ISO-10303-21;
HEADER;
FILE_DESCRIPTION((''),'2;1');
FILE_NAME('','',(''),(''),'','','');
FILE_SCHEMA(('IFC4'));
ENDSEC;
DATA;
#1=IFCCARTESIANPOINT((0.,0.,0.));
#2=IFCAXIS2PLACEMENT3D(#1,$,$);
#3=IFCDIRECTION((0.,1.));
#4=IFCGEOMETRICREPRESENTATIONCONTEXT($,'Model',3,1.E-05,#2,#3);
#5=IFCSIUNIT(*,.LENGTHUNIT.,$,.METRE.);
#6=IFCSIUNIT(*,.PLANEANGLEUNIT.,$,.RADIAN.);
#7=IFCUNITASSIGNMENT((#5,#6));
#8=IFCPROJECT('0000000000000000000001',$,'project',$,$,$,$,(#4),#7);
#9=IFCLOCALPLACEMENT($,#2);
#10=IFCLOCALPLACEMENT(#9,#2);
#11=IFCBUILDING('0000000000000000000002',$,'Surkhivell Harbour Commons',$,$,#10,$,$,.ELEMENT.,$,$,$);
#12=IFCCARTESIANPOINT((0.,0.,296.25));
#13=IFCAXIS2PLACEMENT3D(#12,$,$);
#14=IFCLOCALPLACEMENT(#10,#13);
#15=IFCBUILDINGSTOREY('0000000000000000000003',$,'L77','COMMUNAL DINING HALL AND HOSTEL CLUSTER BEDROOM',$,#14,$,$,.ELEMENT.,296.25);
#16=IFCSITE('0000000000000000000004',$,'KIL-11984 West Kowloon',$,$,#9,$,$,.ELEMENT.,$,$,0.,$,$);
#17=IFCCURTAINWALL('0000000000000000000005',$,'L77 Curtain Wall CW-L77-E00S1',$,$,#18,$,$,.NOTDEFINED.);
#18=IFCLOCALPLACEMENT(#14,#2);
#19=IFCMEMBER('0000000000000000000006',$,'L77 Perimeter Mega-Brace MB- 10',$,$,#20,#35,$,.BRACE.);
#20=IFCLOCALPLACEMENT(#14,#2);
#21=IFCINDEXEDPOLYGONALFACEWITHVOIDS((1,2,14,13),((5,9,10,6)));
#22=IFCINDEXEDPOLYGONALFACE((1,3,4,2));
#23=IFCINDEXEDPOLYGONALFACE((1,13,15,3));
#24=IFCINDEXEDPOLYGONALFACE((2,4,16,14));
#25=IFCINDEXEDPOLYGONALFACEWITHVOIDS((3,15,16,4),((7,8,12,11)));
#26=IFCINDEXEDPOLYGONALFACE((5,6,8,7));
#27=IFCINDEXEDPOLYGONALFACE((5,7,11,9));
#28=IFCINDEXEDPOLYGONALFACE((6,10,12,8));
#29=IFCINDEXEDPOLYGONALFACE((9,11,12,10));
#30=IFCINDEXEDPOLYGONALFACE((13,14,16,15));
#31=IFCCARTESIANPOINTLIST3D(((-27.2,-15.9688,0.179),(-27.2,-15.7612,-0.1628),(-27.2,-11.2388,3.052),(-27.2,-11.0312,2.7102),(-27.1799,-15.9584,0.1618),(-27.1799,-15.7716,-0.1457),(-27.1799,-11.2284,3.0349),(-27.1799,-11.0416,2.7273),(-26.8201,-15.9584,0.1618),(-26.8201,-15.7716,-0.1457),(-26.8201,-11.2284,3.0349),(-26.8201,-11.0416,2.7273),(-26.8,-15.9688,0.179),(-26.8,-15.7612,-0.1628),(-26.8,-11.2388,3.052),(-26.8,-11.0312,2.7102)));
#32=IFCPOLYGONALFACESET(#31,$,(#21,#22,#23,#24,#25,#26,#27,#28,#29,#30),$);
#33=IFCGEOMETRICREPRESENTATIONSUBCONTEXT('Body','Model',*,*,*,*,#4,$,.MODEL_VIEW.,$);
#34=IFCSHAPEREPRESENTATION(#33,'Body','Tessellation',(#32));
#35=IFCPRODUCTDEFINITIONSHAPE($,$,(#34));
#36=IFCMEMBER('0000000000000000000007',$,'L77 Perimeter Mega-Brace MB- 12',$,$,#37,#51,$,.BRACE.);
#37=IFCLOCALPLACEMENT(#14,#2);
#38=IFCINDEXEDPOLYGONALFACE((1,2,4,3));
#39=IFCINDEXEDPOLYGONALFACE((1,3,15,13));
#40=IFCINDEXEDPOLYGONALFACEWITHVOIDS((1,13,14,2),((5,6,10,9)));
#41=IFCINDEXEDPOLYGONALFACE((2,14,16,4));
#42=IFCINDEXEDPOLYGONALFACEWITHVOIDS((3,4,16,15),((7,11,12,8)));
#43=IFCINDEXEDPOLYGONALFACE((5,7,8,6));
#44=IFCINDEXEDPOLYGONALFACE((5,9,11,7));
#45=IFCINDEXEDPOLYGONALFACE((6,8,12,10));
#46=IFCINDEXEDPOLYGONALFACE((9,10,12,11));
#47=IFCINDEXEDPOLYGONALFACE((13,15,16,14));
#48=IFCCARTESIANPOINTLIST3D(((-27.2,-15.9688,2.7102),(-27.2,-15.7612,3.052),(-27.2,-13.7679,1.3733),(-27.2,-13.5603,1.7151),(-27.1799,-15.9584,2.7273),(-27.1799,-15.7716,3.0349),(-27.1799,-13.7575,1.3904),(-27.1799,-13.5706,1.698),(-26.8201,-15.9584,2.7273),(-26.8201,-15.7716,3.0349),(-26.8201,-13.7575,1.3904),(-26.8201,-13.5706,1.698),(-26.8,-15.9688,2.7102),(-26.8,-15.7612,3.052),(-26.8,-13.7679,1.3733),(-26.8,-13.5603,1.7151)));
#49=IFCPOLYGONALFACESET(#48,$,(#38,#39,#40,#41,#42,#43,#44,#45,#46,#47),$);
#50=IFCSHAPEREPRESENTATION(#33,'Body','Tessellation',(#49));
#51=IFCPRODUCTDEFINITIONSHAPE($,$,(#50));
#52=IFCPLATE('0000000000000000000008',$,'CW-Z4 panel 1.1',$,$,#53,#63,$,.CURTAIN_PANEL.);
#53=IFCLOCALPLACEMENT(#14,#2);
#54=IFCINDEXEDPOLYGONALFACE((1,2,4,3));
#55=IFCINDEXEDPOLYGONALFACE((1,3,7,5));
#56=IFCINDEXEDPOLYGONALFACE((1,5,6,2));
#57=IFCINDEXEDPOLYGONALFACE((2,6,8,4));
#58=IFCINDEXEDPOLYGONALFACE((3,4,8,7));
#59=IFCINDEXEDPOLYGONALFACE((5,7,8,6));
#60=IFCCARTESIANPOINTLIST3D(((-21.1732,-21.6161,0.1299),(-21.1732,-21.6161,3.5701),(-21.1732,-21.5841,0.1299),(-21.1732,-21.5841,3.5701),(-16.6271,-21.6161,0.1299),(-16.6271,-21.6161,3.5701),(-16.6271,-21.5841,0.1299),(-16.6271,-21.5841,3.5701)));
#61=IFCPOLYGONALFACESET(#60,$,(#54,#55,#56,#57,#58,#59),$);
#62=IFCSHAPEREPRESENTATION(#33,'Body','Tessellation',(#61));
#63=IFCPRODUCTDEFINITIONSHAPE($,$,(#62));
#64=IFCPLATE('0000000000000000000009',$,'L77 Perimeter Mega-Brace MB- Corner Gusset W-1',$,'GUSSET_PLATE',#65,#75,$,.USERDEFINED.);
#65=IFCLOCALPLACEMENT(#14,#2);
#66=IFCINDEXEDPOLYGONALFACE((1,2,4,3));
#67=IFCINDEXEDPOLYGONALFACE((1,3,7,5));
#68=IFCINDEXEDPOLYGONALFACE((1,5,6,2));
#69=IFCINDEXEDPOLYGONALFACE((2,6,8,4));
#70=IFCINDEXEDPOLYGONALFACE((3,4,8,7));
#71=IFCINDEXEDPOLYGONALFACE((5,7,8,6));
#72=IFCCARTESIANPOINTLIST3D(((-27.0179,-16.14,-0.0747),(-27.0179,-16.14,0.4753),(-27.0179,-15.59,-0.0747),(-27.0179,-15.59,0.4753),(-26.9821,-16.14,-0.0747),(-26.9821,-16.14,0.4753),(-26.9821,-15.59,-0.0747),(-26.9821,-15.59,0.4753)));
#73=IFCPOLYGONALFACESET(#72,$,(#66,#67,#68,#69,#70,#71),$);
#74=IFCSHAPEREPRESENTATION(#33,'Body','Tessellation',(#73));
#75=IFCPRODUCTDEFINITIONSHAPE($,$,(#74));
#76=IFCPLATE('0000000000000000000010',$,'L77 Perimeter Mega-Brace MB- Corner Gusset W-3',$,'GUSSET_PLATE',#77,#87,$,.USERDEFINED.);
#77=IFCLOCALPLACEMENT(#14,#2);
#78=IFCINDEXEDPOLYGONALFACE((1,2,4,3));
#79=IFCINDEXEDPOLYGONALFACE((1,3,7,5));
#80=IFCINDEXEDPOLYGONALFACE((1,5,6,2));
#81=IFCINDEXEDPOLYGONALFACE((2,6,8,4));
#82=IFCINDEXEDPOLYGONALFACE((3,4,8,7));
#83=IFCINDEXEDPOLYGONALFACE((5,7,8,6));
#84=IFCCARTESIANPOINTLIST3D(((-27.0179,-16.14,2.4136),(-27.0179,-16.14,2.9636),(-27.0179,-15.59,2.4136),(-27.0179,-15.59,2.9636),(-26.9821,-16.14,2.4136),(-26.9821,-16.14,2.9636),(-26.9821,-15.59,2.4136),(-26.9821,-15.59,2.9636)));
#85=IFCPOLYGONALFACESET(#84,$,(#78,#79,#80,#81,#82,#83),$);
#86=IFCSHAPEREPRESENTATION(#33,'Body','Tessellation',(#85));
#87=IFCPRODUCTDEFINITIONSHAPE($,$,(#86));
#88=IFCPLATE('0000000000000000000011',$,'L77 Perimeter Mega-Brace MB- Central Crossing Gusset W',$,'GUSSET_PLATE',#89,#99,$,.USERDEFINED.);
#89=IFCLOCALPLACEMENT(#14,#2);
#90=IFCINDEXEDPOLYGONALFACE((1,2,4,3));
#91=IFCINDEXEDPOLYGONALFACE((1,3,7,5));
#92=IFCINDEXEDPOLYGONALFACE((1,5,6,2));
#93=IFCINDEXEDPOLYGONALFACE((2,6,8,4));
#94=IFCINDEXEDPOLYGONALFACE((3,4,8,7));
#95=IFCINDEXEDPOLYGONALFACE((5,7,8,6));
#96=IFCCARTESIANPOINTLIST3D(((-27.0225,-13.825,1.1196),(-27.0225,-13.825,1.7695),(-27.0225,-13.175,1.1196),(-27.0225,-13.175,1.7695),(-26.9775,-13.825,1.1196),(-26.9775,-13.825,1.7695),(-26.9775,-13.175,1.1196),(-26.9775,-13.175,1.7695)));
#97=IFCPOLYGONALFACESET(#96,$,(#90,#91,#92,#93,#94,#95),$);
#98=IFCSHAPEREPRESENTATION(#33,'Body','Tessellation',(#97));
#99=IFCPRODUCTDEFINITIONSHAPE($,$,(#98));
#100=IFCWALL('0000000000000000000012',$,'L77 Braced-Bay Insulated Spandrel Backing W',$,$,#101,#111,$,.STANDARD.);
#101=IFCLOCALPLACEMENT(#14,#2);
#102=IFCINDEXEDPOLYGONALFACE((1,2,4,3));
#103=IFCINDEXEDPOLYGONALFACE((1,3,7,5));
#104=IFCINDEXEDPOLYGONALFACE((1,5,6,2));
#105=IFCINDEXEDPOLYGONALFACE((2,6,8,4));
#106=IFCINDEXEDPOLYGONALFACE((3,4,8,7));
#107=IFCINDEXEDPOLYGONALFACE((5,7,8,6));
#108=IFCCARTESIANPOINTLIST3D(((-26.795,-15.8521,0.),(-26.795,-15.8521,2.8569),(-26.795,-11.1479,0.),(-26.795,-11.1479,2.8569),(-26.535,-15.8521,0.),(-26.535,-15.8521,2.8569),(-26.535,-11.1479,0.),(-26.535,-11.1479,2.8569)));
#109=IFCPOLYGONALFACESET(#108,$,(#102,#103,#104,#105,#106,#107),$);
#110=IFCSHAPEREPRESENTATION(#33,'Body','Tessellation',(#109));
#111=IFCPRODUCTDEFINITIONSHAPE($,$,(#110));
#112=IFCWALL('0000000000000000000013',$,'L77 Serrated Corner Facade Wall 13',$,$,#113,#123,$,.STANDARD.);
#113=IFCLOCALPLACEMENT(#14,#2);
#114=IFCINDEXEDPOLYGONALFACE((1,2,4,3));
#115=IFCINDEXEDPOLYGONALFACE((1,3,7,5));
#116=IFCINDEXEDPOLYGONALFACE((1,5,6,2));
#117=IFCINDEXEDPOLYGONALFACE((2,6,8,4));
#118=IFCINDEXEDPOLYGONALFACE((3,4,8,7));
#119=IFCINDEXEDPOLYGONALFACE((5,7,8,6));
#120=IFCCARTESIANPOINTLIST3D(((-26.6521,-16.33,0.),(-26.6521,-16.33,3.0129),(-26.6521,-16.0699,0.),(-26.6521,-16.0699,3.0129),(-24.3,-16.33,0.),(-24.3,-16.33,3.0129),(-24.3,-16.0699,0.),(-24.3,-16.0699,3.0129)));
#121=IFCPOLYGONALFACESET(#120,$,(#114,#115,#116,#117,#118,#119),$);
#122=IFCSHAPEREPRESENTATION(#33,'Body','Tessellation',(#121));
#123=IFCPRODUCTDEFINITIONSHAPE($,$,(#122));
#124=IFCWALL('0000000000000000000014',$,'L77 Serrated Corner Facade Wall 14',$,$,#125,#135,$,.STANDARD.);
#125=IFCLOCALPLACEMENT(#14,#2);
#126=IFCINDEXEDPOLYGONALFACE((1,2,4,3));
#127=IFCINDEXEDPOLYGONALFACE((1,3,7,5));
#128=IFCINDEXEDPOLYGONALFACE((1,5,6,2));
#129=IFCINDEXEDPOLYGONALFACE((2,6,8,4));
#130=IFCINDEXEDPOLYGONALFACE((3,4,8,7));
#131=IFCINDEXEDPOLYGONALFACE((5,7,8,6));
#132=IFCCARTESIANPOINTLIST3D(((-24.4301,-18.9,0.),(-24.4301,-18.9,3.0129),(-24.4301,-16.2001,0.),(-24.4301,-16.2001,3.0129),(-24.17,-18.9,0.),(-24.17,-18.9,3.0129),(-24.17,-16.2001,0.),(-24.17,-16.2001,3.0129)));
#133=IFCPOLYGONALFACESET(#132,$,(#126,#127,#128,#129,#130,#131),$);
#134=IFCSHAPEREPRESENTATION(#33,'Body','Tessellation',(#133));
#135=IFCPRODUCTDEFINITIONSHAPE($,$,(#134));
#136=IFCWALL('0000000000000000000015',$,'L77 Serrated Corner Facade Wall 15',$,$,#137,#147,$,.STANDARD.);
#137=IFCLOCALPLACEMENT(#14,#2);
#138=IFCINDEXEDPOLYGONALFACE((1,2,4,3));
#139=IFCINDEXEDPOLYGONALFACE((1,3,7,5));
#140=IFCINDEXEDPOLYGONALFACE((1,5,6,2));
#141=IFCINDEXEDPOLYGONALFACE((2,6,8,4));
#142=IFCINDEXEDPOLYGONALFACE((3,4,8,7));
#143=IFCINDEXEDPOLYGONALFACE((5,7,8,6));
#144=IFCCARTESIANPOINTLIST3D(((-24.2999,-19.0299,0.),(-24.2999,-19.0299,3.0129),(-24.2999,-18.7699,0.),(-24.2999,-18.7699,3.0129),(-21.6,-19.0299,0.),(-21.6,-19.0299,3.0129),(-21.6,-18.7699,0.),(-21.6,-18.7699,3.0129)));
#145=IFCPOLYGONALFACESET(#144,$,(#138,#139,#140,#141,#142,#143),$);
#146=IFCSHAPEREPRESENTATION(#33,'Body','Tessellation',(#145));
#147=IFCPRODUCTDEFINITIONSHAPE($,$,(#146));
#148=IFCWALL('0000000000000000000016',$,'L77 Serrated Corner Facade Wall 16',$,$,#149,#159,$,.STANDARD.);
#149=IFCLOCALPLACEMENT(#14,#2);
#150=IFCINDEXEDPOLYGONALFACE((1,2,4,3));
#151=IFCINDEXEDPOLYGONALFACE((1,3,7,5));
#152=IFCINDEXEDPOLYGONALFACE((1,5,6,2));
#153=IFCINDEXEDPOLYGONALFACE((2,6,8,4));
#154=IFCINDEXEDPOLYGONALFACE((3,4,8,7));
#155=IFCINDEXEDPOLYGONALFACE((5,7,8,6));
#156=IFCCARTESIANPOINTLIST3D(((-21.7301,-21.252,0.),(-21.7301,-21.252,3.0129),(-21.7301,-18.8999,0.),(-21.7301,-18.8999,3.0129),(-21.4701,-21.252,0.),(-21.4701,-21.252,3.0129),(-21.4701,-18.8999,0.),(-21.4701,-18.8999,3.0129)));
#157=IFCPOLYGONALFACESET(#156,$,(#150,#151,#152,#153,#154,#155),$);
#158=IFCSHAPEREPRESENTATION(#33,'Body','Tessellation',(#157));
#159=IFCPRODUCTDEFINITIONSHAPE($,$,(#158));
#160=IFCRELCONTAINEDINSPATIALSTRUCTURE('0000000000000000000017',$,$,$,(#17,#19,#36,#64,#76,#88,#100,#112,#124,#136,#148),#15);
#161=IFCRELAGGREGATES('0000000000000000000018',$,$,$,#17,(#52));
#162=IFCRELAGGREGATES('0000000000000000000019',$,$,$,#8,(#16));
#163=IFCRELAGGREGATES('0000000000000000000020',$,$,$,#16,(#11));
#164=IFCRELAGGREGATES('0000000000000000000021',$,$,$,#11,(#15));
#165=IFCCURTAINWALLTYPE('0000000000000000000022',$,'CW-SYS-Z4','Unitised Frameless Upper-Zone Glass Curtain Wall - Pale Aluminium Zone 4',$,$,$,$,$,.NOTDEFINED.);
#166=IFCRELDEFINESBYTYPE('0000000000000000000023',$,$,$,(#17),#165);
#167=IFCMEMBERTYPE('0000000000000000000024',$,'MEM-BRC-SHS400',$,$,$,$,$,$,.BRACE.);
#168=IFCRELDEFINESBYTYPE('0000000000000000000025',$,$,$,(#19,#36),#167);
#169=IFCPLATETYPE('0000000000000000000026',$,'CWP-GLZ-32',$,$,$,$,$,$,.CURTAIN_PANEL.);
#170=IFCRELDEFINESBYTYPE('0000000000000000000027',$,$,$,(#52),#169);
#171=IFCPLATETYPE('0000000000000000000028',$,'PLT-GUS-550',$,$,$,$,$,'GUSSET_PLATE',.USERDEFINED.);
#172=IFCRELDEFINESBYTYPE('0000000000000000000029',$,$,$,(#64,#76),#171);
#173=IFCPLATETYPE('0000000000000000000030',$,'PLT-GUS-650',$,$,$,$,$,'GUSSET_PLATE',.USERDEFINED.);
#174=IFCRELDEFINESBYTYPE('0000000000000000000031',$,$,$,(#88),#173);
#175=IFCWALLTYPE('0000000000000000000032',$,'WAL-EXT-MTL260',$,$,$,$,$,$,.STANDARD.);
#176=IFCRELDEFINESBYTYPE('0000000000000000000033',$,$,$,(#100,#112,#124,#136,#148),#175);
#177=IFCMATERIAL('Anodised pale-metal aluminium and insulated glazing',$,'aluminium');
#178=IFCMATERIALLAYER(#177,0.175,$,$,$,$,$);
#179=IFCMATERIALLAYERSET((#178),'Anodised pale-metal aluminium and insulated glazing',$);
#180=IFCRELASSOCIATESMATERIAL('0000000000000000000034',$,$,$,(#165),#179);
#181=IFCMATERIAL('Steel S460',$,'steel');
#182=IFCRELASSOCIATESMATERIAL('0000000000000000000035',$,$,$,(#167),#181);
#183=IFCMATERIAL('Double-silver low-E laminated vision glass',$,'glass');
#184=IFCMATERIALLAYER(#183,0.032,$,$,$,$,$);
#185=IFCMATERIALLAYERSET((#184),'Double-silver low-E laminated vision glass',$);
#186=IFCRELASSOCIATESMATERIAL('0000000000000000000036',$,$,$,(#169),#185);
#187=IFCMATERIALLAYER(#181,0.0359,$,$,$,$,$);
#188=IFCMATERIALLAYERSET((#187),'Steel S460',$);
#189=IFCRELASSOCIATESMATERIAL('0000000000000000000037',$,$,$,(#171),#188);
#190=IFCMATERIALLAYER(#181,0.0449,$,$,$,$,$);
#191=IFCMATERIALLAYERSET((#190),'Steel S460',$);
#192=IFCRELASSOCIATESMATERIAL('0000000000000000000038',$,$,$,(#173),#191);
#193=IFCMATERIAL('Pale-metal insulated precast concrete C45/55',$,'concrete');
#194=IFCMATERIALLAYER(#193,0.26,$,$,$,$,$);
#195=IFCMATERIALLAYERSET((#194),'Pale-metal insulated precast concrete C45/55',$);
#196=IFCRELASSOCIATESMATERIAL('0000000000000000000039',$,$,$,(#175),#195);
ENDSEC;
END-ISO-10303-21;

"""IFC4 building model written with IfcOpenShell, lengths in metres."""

from ifc_helpers import new_model, si_unit, direction, frame, frame_2d, origin, origin_2d, place, context, subcontext, project, spatial, rectangle, hollow_rectangle, extrude, material, layer, layer_set, material_profile, profile_set, type_object, element, aggregate, save


model = new_model("IFC4")

# Units and contexts
model_context = context("Model", 3, precision=1e-05, world=origin(), true_north=direction((0.0, 1.0)))
body_context = subcontext(model_context, "Body", "Model", "MODEL_VIEW")
ifc_project = project(units=[si_unit("LENGTHUNIT", "METRE"), si_unit("PLANEANGLEUNIT", "RADIAN")], contexts=[model_context])

# Site, building, storey
site_placement = place(None, origin())
site = spatial("IfcSite", under=ifc_project, at=site_placement, Name="KIL-11984 West Kowloon", CompositionType="ELEMENT", RefElevation=0.0)
building_placement = place(site_placement, origin())
building = spatial("IfcBuilding", under=site, at=building_placement, Name="Surkhivell Harbour Commons", CompositionType="ELEMENT")
storey_placement = place(building_placement, frame((0.0, 0.0, 296.25)))
storey = spatial("IfcBuildingStorey", under=building, at=storey_placement, Name="L77", Description="COMMUNAL DINING HALL AND HOSTEL CLUSTER BEDROOM", CompositionType="ELEMENT", Elevation=296.25)

# Curtain wall
ifc_material_1 = material(Name="Anodised pale-metal aluminium and insulated glazing", Category="aluminium")
ifc_layer_1 = layer(ifc_material_1, 0.175)
ifc_layer_set_1 = layer_set([ifc_layer_1], Name="Anodised pale-metal aluminium and insulated glazing")
curtain_wall_type = type_object("IfcCurtainWallType", Name="CW-SYS-Z4", Description="Unitised Frameless Upper-Zone Glass Curtain Wall - Pale Aluminium Zone 4", PredefinedType="NOTDEFINED", material=ifc_layer_set_1)
curtain_wall_placement = place(storey_placement, origin())
curtain_wall = element("IfcCurtainWall", 1, at=curtain_wall_placement, inside=storey, type_object=curtain_wall_type, Name="L77 Curtain Wall CW-L77-E00S1", PredefinedType="NOTDEFINED")

# Members
ifc_material_2 = material(Name="Steel S460", Category="steel")
ifc_material_profile_1 = material_profile(ifc_material_2, hollow_rectangle(XDim=0.3999, YDim=0.3999, WallThickness=0.02, at=origin_2d()), Name="SHS400x400x20")
ifc_profile_set_1 = profile_set([ifc_material_profile_1], Name="Steel S460")
member_type_1 = type_object("IfcMemberType", Name="MEM-BRC-SHS400", PredefinedType="BRACE", material=ifc_profile_set_1)
member_1_placement = place(storey_placement, frame((-27.0, -15.865, 0.0081), z_axis=(0.0, 0.854685, 0.519146), x_axis=(-1.0, 0.0, 0.0)))
element("IfcMember", 2, at=member_1_placement, inside=storey, type_object=member_type_1, Name="L77 Perimeter Mega-Brace MB- 10", PredefinedType="BRACE", context=body_context, shape_type="SweptSolid", body=[
    extrude(hollow_rectangle(XDim=0.3999, YDim=0.3999, WallThickness=0.02, at=origin_2d()), origin(), (0.0, 0.0, 1.0), 5.5342),
])
member_2_placement = place(storey_placement, frame((-27.0, -13.6641, 1.5442), z_axis=(0.0, -0.854678, 0.519159), x_axis=(1.0, 0.0, 0.0)))
element("IfcMember", 3, at=member_2_placement, inside=storey, type_object=member_type_1, Name="L77 Perimeter Mega-Brace MB- 12", PredefinedType="BRACE", context=body_context, shape_type="SweptSolid", body=[
    extrude(hollow_rectangle(XDim=0.3999, YDim=0.3999, WallThickness=0.02, at=origin_2d()), origin(), (0.0, 0.0, 1.0), 2.5752),
])

# Plate
ifc_material_3 = material(Name="Double-silver low-E laminated vision glass", Category="glass")
ifc_layer_2 = layer(ifc_material_3, 0.032)
ifc_layer_set_2 = layer_set([ifc_layer_2], Name="Double-silver low-E laminated vision glass")
plate_type_1 = type_object("IfcPlateType", Name="CWP-GLZ-32", PredefinedType="CURTAIN_PANEL", material=ifc_layer_set_2)
plate_1_placement = place(storey_placement, frame((-21.1731, -21.6001, 0.1299), z_axis=(0.0, 0.0, 1.0), x_axis=(1.0, 0.0, 0.0)))
plate_1 = element("IfcPlate", 4, at=plate_1_placement, type_object=plate_type_1, Name="CW-Z4 panel 1.1", PredefinedType="CURTAIN_PANEL", context=body_context, shape_type="SweptSolid", body=[
    extrude(rectangle(XDim=4.5461, YDim=0.032, at=frame_2d((2.2729, 0.0))), origin(), (0.0, 0.0, 1.0), 3.4402),
])
aggregate(curtain_wall, [plate_1])

# Plates
ifc_layer_3 = layer(ifc_material_2, 0.0359)
ifc_layer_set_3 = layer_set([ifc_layer_3], Name="Steel S460")
plate_type_2 = type_object("IfcPlateType", Name="PLT-GUS-550", ElementType="GUSSET_PLATE", PredefinedType="USERDEFINED", material=ifc_layer_set_3)
for number, where, z_axis, x_axis, name in (
    (5, (-27.0, -15.865, -0.0747), (0.0, 0.0, 1.0), (0.0, 1.0, 0.0), "L77 Perimeter Mega-Brace MB- Corner Gusset W-1"),
    (6, (-27.0, -15.865, 2.4136), (0.0, 0.0, 1.0), (0.0, 1.0, 0.0), "L77 Perimeter Mega-Brace MB- Corner Gusset W-3"),
):
    element("IfcPlate", number, at=place(storey_placement, frame(where, z_axis=z_axis, x_axis=x_axis)), inside=storey, type_object=plate_type_2, Name=name, ObjectType="GUSSET_PLATE", PredefinedType="USERDEFINED", context=body_context, shape_type="SweptSolid", body=[
        extrude(rectangle(XDim=0.55, YDim=0.0359, at=origin_2d()), origin(), (0.0, 0.0, 1.0), 0.55),
    ])
ifc_layer_4 = layer(ifc_material_2, 0.0449)
ifc_layer_set_4 = layer_set([ifc_layer_4], Name="Steel S460")
plate_type_3 = type_object("IfcPlateType", Name="PLT-GUS-650", ElementType="GUSSET_PLATE", PredefinedType="USERDEFINED", material=ifc_layer_set_4)
plate_2_placement = place(storey_placement, frame((-27.0, -13.5, 1.1196), z_axis=(0.0, 0.0, 1.0), x_axis=(0.0, 1.0, 0.0)))
element("IfcPlate", 7, at=plate_2_placement, inside=storey, type_object=plate_type_3, Name="L77 Perimeter Mega-Brace MB- Central Crossing Gusset W", ObjectType="GUSSET_PLATE", PredefinedType="USERDEFINED", context=body_context, shape_type="SweptSolid", body=[
    extrude(rectangle(XDim=0.6499, YDim=0.0449, at=origin_2d()), origin(), (0.0, 0.0, 1.0), 0.6499),
])

# Walls
ifc_material_4 = material(Name="Pale-metal insulated precast concrete C45/55", Category="concrete")
ifc_layer_5 = layer(ifc_material_4, 0.26)
ifc_layer_set_5 = layer_set([ifc_layer_5], Name="Pale-metal insulated precast concrete C45/55")
wall_type = type_object("IfcWallType", Name="WAL-EXT-MTL260", PredefinedType="STANDARD", material=ifc_layer_set_5)
wall_1_placement = place(storey_placement, frame((-26.665, -11.1479, 0.0), z_axis=(0.0, 0.0, 1.0), x_axis=(0.0, -1.0, 0.0)))
element("IfcWall", 8, at=wall_1_placement, inside=storey, type_object=wall_type, Name="L77 Braced-Bay Insulated Spandrel Backing W", PredefinedType="STANDARD", context=body_context, shape_type="SweptSolid", body=[
    extrude(rectangle(XDim=4.7041, YDim=0.26, at=frame_2d((2.3521, 0.0))), origin(), (0.0, 0.0, 1.0), 2.8569),
])
wall_2_placement = place(storey_placement, frame((-26.6521, -16.2, 0.0), z_axis=(0.0, 0.0, 1.0), x_axis=(1.0, 0.0, 0.0)))
element("IfcWall", 9, at=wall_2_placement, inside=storey, type_object=wall_type, Name="L77 Serrated Corner Facade Wall 13", PredefinedType="STANDARD", context=body_context, shape_type="SweptSolid", body=[
    extrude(rectangle(XDim=2.3521, YDim=0.26, at=frame_2d((1.176, 0.0))), origin(), (0.0, 0.0, 1.0), 3.0129),
])
for number, where, z_axis, x_axis, name in (
    (10, (-24.3, -16.2, 0.0), (0.0, 0.0, 1.0), (0.0, -1.0, 0.0), "L77 Serrated Corner Facade Wall 14"),
    (11, (-24.3, -18.8999, 0.0), (0.0, 0.0, 1.0), (1.0, 0.0, 0.0), "L77 Serrated Corner Facade Wall 15"),
):
    element("IfcWall", number, at=place(storey_placement, frame(where, z_axis=z_axis, x_axis=x_axis)), inside=storey, type_object=wall_type, Name=name, PredefinedType="STANDARD", context=body_context, shape_type="SweptSolid", body=[
        extrude(rectangle(XDim=2.7, YDim=0.26, at=frame_2d((1.3501, 0.0))), origin(), (0.0, 0.0, 1.0), 3.0129),
    ])
wall_3_placement = place(storey_placement, frame((-21.6001, -18.8999, 0.0), z_axis=(0.0, 0.0, 1.0), x_axis=(0.0, -1.0, 0.0)))
element("IfcWall", 12, at=wall_3_placement, inside=storey, type_object=wall_type, Name="L77 Serrated Corner Facade Wall 16", PredefinedType="STANDARD", context=body_context, shape_type="SweptSolid", body=[
    extrude(rectangle(XDim=2.3521, YDim=0.26, at=frame_2d((1.176, 0.0))), origin(), (0.0, 0.0, 1.0), 3.0129),
])

save(model, "model.ifc")
